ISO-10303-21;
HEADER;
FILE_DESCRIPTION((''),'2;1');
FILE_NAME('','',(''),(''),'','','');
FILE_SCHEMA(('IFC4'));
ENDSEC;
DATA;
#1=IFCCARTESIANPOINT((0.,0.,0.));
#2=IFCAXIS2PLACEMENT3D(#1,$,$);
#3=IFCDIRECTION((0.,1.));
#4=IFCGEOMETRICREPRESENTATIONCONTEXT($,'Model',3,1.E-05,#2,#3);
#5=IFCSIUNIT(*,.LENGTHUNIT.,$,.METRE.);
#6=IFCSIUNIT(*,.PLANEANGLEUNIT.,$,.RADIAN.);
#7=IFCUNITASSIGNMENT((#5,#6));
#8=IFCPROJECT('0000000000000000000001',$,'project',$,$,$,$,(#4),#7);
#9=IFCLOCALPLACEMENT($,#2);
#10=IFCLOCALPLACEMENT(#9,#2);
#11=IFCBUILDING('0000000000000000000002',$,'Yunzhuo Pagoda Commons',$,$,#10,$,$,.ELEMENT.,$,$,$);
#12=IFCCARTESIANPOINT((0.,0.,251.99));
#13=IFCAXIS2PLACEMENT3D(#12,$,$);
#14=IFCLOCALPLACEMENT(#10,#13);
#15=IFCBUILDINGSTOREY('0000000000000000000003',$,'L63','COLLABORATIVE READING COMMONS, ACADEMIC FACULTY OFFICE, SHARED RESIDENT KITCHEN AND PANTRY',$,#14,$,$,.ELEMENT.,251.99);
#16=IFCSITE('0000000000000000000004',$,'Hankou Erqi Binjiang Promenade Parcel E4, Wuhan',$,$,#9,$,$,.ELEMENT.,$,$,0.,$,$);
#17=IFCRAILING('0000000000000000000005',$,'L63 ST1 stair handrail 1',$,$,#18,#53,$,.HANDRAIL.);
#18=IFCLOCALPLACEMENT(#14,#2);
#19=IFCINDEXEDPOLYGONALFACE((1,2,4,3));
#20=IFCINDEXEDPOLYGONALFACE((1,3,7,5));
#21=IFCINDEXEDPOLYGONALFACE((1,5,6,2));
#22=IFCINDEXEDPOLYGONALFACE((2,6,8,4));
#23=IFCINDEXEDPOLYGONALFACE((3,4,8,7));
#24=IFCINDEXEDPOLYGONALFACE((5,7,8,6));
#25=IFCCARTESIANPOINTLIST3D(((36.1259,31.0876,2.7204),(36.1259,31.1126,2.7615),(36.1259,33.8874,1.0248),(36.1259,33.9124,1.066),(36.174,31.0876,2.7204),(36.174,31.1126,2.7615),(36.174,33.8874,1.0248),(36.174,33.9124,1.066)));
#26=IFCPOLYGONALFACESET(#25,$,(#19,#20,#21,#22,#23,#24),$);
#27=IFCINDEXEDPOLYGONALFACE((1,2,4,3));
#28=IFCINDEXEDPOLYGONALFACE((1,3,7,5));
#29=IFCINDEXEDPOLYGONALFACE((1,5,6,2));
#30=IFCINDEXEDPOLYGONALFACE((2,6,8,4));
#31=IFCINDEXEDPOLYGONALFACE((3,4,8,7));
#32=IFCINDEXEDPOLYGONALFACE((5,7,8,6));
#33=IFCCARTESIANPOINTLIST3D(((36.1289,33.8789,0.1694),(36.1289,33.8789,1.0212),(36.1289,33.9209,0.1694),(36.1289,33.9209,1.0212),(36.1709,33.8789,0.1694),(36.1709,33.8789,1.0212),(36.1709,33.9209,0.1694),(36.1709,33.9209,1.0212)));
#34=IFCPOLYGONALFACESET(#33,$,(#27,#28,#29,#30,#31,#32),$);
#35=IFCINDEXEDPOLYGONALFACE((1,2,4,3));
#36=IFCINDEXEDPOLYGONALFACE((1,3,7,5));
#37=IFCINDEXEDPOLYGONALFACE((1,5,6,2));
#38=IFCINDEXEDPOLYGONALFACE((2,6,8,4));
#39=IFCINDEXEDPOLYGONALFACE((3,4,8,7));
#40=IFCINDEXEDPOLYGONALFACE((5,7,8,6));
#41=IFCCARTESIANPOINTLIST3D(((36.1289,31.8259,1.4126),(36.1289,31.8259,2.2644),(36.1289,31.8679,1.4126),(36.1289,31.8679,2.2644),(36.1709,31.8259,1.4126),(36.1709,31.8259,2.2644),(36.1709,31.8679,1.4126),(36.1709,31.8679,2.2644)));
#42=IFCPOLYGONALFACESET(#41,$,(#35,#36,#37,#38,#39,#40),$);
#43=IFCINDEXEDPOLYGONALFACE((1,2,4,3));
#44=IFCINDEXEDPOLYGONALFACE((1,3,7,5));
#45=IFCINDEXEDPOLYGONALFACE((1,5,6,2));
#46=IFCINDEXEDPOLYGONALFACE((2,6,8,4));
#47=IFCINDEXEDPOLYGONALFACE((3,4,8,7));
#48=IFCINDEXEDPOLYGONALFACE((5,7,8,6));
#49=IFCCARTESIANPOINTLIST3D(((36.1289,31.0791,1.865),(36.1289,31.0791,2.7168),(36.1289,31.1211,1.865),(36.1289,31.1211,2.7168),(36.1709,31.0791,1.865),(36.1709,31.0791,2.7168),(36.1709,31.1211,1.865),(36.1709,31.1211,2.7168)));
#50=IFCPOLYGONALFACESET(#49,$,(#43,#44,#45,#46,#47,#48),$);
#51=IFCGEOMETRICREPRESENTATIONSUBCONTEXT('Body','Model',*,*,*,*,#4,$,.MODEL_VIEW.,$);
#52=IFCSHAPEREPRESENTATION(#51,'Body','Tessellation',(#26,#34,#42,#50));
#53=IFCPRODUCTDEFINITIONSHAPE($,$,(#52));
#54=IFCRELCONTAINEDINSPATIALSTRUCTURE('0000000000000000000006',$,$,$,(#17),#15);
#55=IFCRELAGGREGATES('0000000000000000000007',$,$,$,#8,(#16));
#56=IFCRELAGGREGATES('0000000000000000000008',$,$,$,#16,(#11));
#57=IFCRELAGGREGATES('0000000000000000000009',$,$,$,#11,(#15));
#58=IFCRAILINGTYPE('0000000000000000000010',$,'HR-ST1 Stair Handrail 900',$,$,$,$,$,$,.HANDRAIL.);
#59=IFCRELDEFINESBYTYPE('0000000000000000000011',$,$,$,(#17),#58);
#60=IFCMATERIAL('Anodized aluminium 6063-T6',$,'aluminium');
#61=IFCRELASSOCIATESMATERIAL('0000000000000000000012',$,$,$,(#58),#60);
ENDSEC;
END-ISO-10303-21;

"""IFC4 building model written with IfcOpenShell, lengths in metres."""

from ifc_helpers import new_model, si_unit, direction, frame, origin, origin_2d, place, context, subcontext, project, spatial, rectangle, extrude, material, type_object, element, save


model = new_model("IFC4")

# Units and contexts
model_context = context("Model", 3, precision=1e-05, world=origin(), true_north=direction((0.0, 1.0)))
body_context = subcontext(model_context, "Body", "Model", "MODEL_VIEW")
ifc_project = project(units=[si_unit("LENGTHUNIT", "METRE"), si_unit("PLANEANGLEUNIT", "RADIAN")], contexts=[model_context])

# Site, building, storey
site_placement = place(None, origin())
site = spatial("IfcSite", under=ifc_project, at=site_placement, Name="Hankou Erqi Binjiang Promenade Parcel E4, Wuhan", CompositionType="ELEMENT", RefElevation=0.0)
building_placement = place(site_placement, origin())
building = spatial("IfcBuilding", under=site, at=building_placement, Name="Yunzhuo Pagoda Commons", CompositionType="ELEMENT")
storey_placement = place(building_placement, frame((0.0, 0.0, 251.99)))
storey = spatial("IfcBuildingStorey", under=building, at=storey_placement, Name="L63", Description="COLLABORATIVE READING COMMONS, ACADEMIC FACULTY OFFICE, SHARED RESIDENT KITCHEN AND PANTRY", CompositionType="ELEMENT", Elevation=251.99)

# Railing
ifc_material_1 = material(Name="Anodized aluminium 6063-T6", Category="aluminium")
railing_type_1 = type_object("IfcRailingType", Name="HR-ST1 Stair Handrail 900", PredefinedType="HANDRAIL", material=ifc_material_1)
railing_1_placement = place(storey_placement, frame((36.1499, 33.8999, 0.1694)))
element("IfcRailing", 1, at=railing_1_placement, inside=storey, type_object=railing_type_1, Name="L63 ST1 stair handrail 1", PredefinedType="HANDRAIL", context=body_context, shape_type="SweptSolid", body=[
    extrude(rectangle(XDim=0.0481, YDim=0.0481, at=origin_2d()), frame((0.0, 0.0, 0.876), z_axis=(0.0, -0.855373, 0.518012), x_axis=(1.0, 0.0, 0.0)), (0.0, 0.0, 1.0), 3.2732),
    extrude(rectangle(XDim=0.042, YDim=0.042, at=origin_2d()), origin(), (0.0, 0.0, 1.0), 0.8518),
    extrude(rectangle(XDim=0.042, YDim=0.042, at=origin_2d()), frame((0.0, -2.053, 1.2432)), (0.0, 0.0, 1.0), 0.8518),
    extrude(rectangle(XDim=0.042, YDim=0.042, at=origin_2d()), frame((0.0, -2.7998, 1.6956)), (0.0, 0.0, 1.0), 0.8518),
])

save(model, "model.ifc")
